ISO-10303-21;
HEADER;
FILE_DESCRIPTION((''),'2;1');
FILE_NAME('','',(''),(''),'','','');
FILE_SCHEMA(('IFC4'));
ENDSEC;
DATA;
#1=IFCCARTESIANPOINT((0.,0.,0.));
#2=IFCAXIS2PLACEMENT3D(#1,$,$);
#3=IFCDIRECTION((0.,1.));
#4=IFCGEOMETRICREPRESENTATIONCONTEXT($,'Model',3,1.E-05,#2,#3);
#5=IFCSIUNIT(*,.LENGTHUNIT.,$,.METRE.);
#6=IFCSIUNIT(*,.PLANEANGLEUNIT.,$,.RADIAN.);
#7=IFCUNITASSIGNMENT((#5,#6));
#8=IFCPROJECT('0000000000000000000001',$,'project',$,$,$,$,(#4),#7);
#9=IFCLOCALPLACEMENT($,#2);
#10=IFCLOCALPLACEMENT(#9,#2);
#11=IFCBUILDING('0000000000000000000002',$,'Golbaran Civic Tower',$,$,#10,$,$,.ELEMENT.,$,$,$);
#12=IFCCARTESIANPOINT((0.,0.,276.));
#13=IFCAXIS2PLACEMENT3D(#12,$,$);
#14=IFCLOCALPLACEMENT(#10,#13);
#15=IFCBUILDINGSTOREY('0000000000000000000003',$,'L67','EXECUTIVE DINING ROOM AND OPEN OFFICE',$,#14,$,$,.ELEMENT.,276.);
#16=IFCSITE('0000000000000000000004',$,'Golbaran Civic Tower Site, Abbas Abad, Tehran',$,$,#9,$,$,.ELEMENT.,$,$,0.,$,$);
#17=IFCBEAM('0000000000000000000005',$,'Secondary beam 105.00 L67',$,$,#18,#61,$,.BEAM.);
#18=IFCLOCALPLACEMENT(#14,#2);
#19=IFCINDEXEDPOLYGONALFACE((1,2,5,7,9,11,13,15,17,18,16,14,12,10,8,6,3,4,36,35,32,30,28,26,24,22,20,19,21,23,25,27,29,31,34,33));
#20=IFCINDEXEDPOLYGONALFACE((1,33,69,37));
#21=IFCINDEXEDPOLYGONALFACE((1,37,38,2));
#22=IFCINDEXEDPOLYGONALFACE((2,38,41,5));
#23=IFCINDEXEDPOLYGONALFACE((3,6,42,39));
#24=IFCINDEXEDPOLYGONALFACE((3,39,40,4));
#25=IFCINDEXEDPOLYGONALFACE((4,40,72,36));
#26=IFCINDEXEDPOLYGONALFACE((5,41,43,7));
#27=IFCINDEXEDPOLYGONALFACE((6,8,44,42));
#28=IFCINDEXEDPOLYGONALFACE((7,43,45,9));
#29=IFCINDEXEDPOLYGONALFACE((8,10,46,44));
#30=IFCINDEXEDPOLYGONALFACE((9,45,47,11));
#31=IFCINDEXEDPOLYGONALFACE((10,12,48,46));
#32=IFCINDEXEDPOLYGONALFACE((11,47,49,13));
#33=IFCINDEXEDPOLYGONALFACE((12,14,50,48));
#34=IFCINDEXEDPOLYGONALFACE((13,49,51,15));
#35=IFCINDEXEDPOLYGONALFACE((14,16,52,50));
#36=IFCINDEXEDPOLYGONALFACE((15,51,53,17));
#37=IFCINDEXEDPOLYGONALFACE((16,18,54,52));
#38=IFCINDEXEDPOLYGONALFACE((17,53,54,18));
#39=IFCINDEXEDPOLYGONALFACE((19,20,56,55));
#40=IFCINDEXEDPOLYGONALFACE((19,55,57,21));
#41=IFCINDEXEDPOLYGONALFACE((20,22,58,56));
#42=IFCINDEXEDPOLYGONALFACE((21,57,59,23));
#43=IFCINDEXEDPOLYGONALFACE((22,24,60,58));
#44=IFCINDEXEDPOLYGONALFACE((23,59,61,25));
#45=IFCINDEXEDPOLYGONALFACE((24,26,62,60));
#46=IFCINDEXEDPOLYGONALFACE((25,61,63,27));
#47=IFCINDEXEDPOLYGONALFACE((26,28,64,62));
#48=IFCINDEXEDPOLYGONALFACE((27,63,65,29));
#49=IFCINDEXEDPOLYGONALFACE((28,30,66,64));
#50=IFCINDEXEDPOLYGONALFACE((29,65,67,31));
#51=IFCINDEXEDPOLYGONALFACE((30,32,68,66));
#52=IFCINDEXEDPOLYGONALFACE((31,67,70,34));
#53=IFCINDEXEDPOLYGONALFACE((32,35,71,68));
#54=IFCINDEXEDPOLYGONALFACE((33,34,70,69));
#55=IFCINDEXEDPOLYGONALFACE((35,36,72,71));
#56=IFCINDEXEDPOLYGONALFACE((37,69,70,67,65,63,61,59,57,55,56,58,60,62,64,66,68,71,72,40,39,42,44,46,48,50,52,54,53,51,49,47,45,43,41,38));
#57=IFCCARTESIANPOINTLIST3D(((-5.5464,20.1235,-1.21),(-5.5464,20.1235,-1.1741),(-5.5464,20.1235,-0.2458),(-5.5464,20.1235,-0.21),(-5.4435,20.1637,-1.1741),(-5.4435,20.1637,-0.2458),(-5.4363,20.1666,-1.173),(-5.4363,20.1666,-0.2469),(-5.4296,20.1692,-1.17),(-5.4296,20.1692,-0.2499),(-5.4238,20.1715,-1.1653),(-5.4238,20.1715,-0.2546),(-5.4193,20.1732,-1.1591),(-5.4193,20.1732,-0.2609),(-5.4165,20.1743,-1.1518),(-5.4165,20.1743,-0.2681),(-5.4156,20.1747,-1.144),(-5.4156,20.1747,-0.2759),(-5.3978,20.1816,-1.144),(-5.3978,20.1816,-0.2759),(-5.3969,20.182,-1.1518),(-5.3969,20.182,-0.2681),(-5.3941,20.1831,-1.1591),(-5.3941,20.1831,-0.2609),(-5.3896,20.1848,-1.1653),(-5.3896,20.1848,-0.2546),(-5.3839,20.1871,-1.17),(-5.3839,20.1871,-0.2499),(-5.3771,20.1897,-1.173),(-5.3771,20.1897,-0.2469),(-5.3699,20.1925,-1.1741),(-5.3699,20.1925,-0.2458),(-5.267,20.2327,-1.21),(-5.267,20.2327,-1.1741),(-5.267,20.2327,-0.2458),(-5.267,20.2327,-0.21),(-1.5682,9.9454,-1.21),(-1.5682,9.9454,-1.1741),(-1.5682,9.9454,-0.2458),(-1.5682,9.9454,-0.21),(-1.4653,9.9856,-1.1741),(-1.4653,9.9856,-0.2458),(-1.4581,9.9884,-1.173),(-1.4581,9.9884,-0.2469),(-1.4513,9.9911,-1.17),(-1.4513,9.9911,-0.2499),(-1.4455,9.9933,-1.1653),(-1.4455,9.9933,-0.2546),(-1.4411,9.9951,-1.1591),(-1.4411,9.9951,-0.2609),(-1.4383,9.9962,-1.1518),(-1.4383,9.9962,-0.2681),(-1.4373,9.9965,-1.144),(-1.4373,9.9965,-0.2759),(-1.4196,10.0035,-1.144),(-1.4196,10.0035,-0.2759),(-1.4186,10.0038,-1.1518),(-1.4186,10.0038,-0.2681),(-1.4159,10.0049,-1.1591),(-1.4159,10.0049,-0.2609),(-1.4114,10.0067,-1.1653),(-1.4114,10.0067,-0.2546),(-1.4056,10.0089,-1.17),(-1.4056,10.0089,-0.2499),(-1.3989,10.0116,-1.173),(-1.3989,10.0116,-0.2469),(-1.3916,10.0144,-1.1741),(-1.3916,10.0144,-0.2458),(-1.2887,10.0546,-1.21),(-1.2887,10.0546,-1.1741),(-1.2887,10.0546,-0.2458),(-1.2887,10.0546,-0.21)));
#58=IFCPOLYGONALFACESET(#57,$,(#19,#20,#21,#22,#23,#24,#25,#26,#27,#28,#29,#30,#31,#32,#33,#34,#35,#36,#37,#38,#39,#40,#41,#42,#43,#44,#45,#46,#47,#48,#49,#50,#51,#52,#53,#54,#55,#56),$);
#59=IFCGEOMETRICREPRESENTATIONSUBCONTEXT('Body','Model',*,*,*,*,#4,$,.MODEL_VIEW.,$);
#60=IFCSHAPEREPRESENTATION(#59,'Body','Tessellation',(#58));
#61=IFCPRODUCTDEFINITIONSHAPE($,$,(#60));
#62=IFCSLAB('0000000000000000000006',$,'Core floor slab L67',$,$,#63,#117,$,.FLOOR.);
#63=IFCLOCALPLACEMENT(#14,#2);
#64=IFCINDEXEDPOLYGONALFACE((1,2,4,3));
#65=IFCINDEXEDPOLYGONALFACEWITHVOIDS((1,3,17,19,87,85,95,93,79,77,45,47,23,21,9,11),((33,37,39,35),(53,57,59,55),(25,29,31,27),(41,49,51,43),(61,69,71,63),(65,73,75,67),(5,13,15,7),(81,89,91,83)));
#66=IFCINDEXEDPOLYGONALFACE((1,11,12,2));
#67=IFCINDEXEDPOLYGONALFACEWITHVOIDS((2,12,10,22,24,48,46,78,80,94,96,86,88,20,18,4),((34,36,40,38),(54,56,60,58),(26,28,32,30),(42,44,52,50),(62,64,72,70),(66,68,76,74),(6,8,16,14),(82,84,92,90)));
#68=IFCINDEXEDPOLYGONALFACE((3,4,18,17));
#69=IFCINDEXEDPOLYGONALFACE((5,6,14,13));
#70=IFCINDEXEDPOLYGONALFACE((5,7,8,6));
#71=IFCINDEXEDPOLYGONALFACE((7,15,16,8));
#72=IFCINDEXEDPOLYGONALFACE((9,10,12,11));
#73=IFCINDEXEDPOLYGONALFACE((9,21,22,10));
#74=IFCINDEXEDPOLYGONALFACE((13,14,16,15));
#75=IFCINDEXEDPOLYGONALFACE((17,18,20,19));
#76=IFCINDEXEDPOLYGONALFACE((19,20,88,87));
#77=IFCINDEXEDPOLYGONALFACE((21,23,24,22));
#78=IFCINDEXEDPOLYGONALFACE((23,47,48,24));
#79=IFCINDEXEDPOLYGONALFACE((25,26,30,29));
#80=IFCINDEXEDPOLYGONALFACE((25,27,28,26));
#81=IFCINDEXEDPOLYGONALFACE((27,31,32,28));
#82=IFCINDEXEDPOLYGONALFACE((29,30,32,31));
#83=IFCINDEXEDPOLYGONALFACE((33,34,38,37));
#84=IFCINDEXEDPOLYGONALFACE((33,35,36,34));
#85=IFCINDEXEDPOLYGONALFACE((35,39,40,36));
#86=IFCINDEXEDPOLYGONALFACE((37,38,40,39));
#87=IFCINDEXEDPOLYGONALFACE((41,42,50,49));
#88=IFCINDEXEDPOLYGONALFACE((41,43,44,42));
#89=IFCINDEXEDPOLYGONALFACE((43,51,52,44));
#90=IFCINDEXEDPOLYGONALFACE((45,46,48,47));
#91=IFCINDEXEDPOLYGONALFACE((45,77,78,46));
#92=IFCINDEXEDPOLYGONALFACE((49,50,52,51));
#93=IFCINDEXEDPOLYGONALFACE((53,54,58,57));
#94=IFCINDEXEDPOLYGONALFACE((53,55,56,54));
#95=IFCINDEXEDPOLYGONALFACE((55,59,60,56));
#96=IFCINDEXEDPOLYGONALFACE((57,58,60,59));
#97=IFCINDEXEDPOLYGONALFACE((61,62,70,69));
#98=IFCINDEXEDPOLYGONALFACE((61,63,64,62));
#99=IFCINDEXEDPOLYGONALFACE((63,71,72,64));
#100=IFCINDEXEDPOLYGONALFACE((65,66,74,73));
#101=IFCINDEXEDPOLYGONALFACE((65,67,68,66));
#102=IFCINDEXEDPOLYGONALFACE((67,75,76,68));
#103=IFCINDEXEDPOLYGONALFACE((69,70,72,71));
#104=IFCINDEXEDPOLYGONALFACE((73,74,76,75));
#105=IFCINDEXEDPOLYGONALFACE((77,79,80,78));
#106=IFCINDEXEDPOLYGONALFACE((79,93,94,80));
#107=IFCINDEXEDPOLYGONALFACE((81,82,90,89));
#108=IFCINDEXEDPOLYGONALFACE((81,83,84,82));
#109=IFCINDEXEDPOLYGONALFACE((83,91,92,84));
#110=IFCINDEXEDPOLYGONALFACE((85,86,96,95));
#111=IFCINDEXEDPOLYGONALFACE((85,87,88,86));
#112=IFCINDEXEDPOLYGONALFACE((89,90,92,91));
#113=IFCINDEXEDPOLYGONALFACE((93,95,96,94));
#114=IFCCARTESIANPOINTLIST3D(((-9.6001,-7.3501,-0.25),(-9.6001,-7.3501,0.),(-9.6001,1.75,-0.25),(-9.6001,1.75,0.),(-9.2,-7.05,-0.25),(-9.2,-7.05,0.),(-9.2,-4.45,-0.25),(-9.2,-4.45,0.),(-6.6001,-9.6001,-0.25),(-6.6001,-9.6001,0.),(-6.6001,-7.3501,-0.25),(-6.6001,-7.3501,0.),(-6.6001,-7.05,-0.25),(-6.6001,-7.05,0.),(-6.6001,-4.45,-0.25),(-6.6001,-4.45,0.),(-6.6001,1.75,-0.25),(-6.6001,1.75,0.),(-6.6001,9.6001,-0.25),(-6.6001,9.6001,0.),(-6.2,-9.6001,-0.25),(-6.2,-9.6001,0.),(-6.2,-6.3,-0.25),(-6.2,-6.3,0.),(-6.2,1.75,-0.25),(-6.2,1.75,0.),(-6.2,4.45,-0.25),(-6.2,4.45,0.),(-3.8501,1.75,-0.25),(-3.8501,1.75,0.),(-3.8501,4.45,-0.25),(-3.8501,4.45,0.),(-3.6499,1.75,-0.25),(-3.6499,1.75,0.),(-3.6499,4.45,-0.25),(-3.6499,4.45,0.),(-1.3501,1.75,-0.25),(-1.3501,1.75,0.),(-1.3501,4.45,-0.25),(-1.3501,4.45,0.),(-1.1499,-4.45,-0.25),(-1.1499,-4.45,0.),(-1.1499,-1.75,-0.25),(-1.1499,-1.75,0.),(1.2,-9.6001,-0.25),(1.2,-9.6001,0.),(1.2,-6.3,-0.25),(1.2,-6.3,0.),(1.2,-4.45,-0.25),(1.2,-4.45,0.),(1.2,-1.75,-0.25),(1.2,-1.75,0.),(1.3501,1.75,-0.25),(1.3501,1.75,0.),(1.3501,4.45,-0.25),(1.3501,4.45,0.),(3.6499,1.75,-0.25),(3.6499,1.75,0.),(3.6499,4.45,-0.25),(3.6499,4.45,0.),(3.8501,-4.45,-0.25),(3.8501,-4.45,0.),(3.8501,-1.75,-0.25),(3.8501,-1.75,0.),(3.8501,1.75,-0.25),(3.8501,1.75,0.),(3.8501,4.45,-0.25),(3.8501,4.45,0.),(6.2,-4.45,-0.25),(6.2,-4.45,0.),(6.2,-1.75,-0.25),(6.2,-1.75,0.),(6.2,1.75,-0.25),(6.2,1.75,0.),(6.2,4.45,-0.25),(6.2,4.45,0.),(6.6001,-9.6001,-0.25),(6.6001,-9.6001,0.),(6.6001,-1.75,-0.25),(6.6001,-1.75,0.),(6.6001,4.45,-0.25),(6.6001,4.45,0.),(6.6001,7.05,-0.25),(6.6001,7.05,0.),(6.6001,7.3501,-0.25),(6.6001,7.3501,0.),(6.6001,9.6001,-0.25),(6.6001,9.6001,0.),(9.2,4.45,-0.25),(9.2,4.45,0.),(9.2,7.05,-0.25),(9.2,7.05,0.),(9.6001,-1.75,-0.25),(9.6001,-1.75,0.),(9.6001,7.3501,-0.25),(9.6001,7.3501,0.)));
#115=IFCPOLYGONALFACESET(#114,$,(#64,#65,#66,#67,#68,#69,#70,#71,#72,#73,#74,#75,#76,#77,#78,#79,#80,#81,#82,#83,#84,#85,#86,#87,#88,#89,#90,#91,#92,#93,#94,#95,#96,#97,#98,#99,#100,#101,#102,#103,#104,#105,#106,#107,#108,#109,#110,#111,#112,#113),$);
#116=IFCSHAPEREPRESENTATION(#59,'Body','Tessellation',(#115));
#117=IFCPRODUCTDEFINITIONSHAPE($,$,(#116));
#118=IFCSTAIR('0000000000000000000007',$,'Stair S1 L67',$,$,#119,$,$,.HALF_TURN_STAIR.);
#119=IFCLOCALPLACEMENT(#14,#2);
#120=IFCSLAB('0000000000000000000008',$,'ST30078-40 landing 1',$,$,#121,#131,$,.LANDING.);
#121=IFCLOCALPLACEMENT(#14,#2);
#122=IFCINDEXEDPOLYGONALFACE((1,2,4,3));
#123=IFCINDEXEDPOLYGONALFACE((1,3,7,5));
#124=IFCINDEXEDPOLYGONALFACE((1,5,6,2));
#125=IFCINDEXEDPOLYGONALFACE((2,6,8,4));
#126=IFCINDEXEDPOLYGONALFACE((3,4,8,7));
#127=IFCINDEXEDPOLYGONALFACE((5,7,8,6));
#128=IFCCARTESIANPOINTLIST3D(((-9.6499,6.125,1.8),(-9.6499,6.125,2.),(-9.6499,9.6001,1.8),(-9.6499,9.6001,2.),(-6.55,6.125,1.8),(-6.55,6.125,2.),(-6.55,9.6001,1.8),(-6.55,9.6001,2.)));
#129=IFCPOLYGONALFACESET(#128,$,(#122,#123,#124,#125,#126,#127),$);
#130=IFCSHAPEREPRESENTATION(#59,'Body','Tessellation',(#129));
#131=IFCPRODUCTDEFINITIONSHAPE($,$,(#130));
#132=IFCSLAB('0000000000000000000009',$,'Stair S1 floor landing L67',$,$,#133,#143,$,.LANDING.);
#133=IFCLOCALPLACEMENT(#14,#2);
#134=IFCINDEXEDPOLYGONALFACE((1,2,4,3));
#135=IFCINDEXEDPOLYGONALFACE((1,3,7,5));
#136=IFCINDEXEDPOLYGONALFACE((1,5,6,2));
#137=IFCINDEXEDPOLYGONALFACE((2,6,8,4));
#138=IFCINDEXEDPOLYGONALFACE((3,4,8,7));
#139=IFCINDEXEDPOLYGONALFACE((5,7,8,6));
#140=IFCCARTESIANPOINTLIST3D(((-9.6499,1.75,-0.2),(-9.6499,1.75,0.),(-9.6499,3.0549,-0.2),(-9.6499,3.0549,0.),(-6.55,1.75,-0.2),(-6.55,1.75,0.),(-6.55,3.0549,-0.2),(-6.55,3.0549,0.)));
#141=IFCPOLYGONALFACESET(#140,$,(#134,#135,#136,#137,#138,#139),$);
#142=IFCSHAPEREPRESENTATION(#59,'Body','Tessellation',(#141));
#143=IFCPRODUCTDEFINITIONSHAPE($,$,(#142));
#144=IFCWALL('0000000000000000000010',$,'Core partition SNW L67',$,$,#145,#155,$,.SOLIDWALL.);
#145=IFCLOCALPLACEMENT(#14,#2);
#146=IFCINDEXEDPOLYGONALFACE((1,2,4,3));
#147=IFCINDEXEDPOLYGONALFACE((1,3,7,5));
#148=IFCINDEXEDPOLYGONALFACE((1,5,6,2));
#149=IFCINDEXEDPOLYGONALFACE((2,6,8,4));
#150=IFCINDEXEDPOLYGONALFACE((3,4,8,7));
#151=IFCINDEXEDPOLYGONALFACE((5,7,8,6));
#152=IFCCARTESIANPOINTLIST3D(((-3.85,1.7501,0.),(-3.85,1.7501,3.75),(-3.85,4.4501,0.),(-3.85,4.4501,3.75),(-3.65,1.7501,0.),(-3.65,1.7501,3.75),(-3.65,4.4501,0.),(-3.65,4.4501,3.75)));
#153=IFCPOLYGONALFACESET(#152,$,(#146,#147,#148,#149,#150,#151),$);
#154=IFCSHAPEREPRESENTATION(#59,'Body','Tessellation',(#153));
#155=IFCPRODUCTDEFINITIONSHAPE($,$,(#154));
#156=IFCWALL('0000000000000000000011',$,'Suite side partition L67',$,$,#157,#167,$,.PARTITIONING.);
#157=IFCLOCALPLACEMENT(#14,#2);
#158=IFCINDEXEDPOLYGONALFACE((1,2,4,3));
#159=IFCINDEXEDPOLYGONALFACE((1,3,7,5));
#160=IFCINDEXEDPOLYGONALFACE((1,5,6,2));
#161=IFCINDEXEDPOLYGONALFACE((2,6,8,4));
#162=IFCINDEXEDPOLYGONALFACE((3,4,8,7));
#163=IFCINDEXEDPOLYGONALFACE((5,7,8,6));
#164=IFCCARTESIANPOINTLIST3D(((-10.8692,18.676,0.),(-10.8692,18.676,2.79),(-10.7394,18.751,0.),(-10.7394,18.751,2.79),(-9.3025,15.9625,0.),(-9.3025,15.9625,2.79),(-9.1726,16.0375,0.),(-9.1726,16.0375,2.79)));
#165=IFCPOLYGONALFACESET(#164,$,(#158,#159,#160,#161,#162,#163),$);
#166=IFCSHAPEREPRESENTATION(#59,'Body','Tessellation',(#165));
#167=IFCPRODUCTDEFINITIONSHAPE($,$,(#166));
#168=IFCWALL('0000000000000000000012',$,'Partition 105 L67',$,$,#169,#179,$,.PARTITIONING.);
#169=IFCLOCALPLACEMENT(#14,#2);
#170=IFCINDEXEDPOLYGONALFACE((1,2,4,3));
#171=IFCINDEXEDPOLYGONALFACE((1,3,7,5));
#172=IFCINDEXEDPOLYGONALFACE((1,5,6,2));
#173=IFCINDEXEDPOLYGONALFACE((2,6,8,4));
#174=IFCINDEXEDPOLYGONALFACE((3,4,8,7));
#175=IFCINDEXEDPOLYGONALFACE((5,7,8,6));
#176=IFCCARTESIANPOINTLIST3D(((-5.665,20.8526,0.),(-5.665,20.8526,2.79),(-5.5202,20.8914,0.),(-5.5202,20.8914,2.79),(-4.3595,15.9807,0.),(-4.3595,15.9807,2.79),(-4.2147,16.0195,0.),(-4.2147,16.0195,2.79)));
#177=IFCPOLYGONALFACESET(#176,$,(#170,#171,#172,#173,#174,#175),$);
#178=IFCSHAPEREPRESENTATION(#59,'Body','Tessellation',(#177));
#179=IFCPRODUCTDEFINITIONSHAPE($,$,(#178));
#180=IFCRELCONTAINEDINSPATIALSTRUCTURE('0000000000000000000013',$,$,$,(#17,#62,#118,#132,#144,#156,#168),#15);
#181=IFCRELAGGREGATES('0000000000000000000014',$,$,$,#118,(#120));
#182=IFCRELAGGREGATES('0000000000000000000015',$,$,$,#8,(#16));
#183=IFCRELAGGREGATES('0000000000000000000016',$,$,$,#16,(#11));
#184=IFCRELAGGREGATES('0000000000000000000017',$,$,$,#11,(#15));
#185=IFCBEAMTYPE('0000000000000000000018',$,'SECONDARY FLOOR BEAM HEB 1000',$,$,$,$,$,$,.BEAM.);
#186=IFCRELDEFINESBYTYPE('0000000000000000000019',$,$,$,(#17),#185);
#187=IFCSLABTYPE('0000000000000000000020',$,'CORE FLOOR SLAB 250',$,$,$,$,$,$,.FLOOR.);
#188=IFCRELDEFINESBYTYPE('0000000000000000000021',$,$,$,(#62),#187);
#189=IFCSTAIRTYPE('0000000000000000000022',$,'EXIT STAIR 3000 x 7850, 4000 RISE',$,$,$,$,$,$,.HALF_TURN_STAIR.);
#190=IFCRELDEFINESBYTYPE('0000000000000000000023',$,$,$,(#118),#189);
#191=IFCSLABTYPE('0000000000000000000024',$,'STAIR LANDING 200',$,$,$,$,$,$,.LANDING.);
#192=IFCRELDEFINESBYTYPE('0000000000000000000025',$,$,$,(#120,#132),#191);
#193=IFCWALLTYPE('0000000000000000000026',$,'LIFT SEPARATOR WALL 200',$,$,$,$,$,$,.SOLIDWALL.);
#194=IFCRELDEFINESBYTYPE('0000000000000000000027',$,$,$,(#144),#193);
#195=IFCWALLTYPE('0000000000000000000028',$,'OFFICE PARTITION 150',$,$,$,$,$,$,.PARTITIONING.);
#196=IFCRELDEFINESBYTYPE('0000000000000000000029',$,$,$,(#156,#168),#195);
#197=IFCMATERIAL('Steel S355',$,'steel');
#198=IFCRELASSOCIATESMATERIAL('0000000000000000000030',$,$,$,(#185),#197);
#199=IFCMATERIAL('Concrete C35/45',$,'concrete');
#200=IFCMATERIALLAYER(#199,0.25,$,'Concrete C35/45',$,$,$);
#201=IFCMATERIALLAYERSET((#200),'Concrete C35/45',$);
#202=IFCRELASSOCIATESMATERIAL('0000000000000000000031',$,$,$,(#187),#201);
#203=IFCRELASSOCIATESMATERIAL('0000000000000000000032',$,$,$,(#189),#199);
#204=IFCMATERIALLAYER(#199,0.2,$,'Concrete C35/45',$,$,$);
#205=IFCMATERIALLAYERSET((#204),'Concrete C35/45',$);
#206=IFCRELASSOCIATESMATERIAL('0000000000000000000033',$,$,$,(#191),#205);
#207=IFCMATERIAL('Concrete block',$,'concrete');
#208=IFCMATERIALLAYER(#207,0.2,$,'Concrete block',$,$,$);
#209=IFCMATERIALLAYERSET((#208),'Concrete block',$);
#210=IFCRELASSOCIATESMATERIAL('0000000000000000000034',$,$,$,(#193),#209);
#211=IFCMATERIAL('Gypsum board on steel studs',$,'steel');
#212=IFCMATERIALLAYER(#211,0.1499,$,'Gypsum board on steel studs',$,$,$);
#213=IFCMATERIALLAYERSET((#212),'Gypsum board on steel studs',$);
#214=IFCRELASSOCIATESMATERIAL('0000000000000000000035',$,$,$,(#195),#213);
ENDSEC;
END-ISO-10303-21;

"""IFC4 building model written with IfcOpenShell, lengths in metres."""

from ifc_helpers import new_model, si_unit, direction, frame, frame_2d, origin, origin_2d, place, context, subcontext, project, spatial, polyline, rectangle, i_section, outline, extrude, material, layer, layer_set, material_profile, profile_set, type_object, element, aggregate, save


model = new_model("IFC4")

# Units and contexts
model_context = context("Model", 3, precision=1e-05, world=origin(), true_north=direction((0.0, 1.0)))
body_context = subcontext(model_context, "Body", "Model", "MODEL_VIEW")
ifc_project = project(units=[si_unit("LENGTHUNIT", "METRE"), si_unit("PLANEANGLEUNIT", "RADIAN")], contexts=[model_context])

# Site, building, storey
site_placement = place(None, origin())
site = spatial("IfcSite", under=ifc_project, at=site_placement, Name="Golbaran Civic Tower Site, Abbas Abad, Tehran", CompositionType="ELEMENT", RefElevation=0.0)
building_placement = place(site_placement, origin())
building = spatial("IfcBuilding", under=site, at=building_placement, Name="Golbaran Civic Tower", CompositionType="ELEMENT")
storey_placement = place(building_placement, frame((0.0, 0.0, 276.0)))
storey = spatial("IfcBuildingStorey", under=building, at=storey_placement, Name="L67", Description="EXECUTIVE DINING ROOM AND OPEN OFFICE", CompositionType="ELEMENT", Elevation=276.0)

# Beam
ifc_material_1 = material(Name="Steel S355", Category="steel")
ifc_material_profile_1 = material_profile(ifc_material_1, i_section(OverallWidth=0.3, OverallDepth=1.0, WebThickness=0.019, FlangeThickness=0.0359, FilletRadius=0.03, at=origin_2d()), Name="HEB 1000")
ifc_profile_set_1 = profile_set([ifc_material_profile_1], Name="Steel S355")
beam_type_1 = type_object("IfcBeamType", Name="SECONDARY FLOOR BEAM HEB 1000", PredefinedType="BEAM", material=ifc_profile_set_1)
beam_1_placement = place(storey_placement, frame((-1.4285, 10.0, -0.71), z_axis=(-0.364041, 0.931383, 0.0), x_axis=(-0.931383, -0.364041, 0.0)))
element("IfcBeam", 1, at=beam_1_placement, inside=storey, type_object=beam_type_1, Name="Secondary beam 105.00 L67", PredefinedType="BEAM", context=body_context, shape_type="SweptSolid", body=[
    extrude(i_section(OverallWidth=0.3, OverallDepth=1.0, WebThickness=0.019, FlangeThickness=0.0359, FilletRadius=0.03, at=origin_2d()), origin(), (0.0, 0.0, 1.0), 10.928),
])

# Slab
ifc_material_2 = material(Name="Concrete C35/45", Category="concrete")
ifc_layer_1 = layer(ifc_material_2, 0.25, Name="Concrete C35/45")
ifc_layer_set_1 = layer_set([ifc_layer_1], Name="Concrete C35/45")
slab_type_1 = type_object("IfcSlabType", Name="CORE FLOOR SLAB 250", PredefinedType="FLOOR", material=ifc_layer_set_1)
slab_1_placement = place(storey_placement, frame((0.0, 0.0, -0.25)))
element("IfcSlab", 2, at=slab_1_placement, inside=storey, type_object=slab_type_1, Name="Core floor slab L67", PredefinedType="FLOOR", context=body_context, shape_type="SweptSolid", body=[
    extrude(outline(polyline([(6.6001, -1.75), (6.6001, -9.6001), (1.2, -9.6001), (1.2, -6.3), (-6.2, -6.3), (-6.2, -9.6001), (-6.6001, -9.6001), (-6.6001, -7.3501), (-9.6001, -7.3501), (-9.6001, 1.75), (-6.6001, 1.75), (-6.6001, 9.6001), (6.6001, 9.6001), (6.6001, 7.3501), (9.6001, 7.3501), (9.6001, -1.75), (6.6001, -1.75)]), holes=[polyline([(9.2, 7.05), (6.6001, 7.05), (6.6001, 4.45), (9.2, 4.45), (9.2, 7.05)]), polyline([(6.2, -1.75), (3.8501, -1.75), (3.8501, -4.45), (6.2, -4.45), (6.2, -1.75)]), polyline([(6.2, 4.45), (3.8501, 4.45), (3.8501, 1.75), (6.2, 1.75), (6.2, 4.45)]), polyline([(3.6499, 4.45), (1.3501, 4.45), (1.3501, 1.75), (3.6499, 1.75), (3.6499, 4.45)]), polyline([(-1.1499, -1.75), (-1.1499, -4.45), (1.2, -4.45), (1.2, -1.75), (-1.1499, -1.75)]), polyline([(-1.3501, 4.45), (-3.6499, 4.45), (-3.6499, 1.75), (-1.3501, 1.75), (-1.3501, 4.45)]), polyline([(-3.8501, 4.45), (-6.2, 4.45), (-6.2, 1.75), (-3.8501, 1.75), (-3.8501, 4.45)]), polyline([(-6.6001, -4.45), (-9.2, -4.45), (-9.2, -7.05), (-6.6001, -7.05), (-6.6001, -4.45)])]), origin(), (0.0, 0.0, 1.0), 0.25),
])

# Stair, slab
stair_type = type_object("IfcStairType", Name="EXIT STAIR 3000 x 7850, 4000 RISE", PredefinedType="HALF_TURN_STAIR", material=ifc_material_2)
stair_placement = place(storey_placement, origin())
stair = element("IfcStair", 3, at=stair_placement, inside=storey, type_object=stair_type, Name="Stair S1 L67", PredefinedType="HALF_TURN_STAIR")
ifc_layer_2 = layer(ifc_material_2, 0.2, Name="Concrete C35/45")
ifc_layer_set_2 = layer_set([ifc_layer_2], Name="Concrete C35/45")
slab_type_2 = type_object("IfcSlabType", Name="STAIR LANDING 200", PredefinedType="LANDING", material=ifc_layer_set_2)
slab_2_placement = place(storey_placement, frame((0.0, 0.0, 1.8)))
slab_2 = element("IfcSlab", 4, at=slab_2_placement, type_object=slab_type_2, Name="ST30078-40 landing 1", PredefinedType="LANDING", context=body_context, shape_type="SweptSolid", body=[
    extrude(outline(polyline([(-9.6499, 6.125), (-9.6499, 9.6001), (-6.55, 9.6001), (-6.55, 6.125), (-9.6499, 6.125)])), origin(), (0.0, 0.0, 1.0), 0.2),
])

# Slab
slab_3_placement = place(storey_placement, frame((0.0, 0.0, -0.2)))
element("IfcSlab", 5, at=slab_3_placement, inside=storey, type_object=slab_type_2, Name="Stair S1 floor landing L67", PredefinedType="LANDING", context=body_context, shape_type="SweptSolid", body=[
    extrude(outline(polyline([(-9.6499, 1.75), (-9.6499, 3.0549), (-6.55, 3.0549), (-6.55, 1.75), (-9.6499, 1.75)])), origin(), (0.0, 0.0, 1.0), 0.2),
])

# Walls
ifc_material_3 = material(Name="Concrete block", Category="concrete")
ifc_layer_3 = layer(ifc_material_3, 0.2, Name="Concrete block")
ifc_layer_set_3 = layer_set([ifc_layer_3], Name="Concrete block")
wall_type_1 = type_object("IfcWallType", Name="LIFT SEPARATOR WALL 200", PredefinedType="SOLIDWALL", material=ifc_layer_set_3)
wall_1_placement = place(storey_placement, frame((-3.75, 1.75, 0.0), z_axis=(0.0, 0.0, 1.0), x_axis=(0.0, 1.0, 0.0)))
element("IfcWall", 6, at=wall_1_placement, inside=storey, type_object=wall_type_1, Name="Core partition SNW L67", PredefinedType="SOLIDWALL", context=body_context, shape_type="SweptSolid", body=[
    extrude(rectangle(XDim=2.7, YDim=0.2, at=frame_2d((1.3501, 0.0))), origin(), (0.0, 0.0, 1.0), 3.75),
])
ifc_material_4 = material(Name="Gypsum board on steel studs", Category="steel")
ifc_layer_4 = layer(ifc_material_4, 0.1499, Name="Gypsum board on steel studs")
ifc_layer_set_4 = layer_set([ifc_layer_4], Name="Gypsum board on steel studs")
wall_type_2 = type_object("IfcWallType", Name="OFFICE PARTITION 150", PredefinedType="PARTITIONING", material=ifc_layer_set_4)
wall_2_placement = place(storey_placement, frame((-9.2375, 16.0, 0.0), z_axis=(0.0, 0.0, 1.0), x_axis=(-0.500019, 0.866014, 0.0)))
element("IfcWall", 7, at=wall_2_placement, inside=storey, type_object=wall_type_2, Name="Suite side partition L67", PredefinedType="PARTITIONING", context=body_context, shape_type="SweptSolid", body=[
    extrude(rectangle(XDim=3.1333, YDim=0.1499, at=frame_2d((1.5667, 0.0))), origin(), (0.0, 0.0, 1.0), 2.79),
])
wall_3_placement = place(storey_placement, frame((-4.2871, 16.0, 0.0), z_axis=(0.0, 0.0, 1.0), x_axis=(-0.258822, 0.965925, 0.0)))
element("IfcWall", 8, at=wall_3_placement, inside=storey, type_object=wall_type_2, Name="Partition 105 L67", PredefinedType="PARTITIONING", context=body_context, shape_type="SweptSolid", body=[
    extrude(rectangle(XDim=5.0437, YDim=0.1499, at=frame_2d((2.522, 0.0))), origin(), (0.0, 0.0, 1.0), 2.79),
])

aggregate(stair, [slab_2])

save(model, "model.ifc")
